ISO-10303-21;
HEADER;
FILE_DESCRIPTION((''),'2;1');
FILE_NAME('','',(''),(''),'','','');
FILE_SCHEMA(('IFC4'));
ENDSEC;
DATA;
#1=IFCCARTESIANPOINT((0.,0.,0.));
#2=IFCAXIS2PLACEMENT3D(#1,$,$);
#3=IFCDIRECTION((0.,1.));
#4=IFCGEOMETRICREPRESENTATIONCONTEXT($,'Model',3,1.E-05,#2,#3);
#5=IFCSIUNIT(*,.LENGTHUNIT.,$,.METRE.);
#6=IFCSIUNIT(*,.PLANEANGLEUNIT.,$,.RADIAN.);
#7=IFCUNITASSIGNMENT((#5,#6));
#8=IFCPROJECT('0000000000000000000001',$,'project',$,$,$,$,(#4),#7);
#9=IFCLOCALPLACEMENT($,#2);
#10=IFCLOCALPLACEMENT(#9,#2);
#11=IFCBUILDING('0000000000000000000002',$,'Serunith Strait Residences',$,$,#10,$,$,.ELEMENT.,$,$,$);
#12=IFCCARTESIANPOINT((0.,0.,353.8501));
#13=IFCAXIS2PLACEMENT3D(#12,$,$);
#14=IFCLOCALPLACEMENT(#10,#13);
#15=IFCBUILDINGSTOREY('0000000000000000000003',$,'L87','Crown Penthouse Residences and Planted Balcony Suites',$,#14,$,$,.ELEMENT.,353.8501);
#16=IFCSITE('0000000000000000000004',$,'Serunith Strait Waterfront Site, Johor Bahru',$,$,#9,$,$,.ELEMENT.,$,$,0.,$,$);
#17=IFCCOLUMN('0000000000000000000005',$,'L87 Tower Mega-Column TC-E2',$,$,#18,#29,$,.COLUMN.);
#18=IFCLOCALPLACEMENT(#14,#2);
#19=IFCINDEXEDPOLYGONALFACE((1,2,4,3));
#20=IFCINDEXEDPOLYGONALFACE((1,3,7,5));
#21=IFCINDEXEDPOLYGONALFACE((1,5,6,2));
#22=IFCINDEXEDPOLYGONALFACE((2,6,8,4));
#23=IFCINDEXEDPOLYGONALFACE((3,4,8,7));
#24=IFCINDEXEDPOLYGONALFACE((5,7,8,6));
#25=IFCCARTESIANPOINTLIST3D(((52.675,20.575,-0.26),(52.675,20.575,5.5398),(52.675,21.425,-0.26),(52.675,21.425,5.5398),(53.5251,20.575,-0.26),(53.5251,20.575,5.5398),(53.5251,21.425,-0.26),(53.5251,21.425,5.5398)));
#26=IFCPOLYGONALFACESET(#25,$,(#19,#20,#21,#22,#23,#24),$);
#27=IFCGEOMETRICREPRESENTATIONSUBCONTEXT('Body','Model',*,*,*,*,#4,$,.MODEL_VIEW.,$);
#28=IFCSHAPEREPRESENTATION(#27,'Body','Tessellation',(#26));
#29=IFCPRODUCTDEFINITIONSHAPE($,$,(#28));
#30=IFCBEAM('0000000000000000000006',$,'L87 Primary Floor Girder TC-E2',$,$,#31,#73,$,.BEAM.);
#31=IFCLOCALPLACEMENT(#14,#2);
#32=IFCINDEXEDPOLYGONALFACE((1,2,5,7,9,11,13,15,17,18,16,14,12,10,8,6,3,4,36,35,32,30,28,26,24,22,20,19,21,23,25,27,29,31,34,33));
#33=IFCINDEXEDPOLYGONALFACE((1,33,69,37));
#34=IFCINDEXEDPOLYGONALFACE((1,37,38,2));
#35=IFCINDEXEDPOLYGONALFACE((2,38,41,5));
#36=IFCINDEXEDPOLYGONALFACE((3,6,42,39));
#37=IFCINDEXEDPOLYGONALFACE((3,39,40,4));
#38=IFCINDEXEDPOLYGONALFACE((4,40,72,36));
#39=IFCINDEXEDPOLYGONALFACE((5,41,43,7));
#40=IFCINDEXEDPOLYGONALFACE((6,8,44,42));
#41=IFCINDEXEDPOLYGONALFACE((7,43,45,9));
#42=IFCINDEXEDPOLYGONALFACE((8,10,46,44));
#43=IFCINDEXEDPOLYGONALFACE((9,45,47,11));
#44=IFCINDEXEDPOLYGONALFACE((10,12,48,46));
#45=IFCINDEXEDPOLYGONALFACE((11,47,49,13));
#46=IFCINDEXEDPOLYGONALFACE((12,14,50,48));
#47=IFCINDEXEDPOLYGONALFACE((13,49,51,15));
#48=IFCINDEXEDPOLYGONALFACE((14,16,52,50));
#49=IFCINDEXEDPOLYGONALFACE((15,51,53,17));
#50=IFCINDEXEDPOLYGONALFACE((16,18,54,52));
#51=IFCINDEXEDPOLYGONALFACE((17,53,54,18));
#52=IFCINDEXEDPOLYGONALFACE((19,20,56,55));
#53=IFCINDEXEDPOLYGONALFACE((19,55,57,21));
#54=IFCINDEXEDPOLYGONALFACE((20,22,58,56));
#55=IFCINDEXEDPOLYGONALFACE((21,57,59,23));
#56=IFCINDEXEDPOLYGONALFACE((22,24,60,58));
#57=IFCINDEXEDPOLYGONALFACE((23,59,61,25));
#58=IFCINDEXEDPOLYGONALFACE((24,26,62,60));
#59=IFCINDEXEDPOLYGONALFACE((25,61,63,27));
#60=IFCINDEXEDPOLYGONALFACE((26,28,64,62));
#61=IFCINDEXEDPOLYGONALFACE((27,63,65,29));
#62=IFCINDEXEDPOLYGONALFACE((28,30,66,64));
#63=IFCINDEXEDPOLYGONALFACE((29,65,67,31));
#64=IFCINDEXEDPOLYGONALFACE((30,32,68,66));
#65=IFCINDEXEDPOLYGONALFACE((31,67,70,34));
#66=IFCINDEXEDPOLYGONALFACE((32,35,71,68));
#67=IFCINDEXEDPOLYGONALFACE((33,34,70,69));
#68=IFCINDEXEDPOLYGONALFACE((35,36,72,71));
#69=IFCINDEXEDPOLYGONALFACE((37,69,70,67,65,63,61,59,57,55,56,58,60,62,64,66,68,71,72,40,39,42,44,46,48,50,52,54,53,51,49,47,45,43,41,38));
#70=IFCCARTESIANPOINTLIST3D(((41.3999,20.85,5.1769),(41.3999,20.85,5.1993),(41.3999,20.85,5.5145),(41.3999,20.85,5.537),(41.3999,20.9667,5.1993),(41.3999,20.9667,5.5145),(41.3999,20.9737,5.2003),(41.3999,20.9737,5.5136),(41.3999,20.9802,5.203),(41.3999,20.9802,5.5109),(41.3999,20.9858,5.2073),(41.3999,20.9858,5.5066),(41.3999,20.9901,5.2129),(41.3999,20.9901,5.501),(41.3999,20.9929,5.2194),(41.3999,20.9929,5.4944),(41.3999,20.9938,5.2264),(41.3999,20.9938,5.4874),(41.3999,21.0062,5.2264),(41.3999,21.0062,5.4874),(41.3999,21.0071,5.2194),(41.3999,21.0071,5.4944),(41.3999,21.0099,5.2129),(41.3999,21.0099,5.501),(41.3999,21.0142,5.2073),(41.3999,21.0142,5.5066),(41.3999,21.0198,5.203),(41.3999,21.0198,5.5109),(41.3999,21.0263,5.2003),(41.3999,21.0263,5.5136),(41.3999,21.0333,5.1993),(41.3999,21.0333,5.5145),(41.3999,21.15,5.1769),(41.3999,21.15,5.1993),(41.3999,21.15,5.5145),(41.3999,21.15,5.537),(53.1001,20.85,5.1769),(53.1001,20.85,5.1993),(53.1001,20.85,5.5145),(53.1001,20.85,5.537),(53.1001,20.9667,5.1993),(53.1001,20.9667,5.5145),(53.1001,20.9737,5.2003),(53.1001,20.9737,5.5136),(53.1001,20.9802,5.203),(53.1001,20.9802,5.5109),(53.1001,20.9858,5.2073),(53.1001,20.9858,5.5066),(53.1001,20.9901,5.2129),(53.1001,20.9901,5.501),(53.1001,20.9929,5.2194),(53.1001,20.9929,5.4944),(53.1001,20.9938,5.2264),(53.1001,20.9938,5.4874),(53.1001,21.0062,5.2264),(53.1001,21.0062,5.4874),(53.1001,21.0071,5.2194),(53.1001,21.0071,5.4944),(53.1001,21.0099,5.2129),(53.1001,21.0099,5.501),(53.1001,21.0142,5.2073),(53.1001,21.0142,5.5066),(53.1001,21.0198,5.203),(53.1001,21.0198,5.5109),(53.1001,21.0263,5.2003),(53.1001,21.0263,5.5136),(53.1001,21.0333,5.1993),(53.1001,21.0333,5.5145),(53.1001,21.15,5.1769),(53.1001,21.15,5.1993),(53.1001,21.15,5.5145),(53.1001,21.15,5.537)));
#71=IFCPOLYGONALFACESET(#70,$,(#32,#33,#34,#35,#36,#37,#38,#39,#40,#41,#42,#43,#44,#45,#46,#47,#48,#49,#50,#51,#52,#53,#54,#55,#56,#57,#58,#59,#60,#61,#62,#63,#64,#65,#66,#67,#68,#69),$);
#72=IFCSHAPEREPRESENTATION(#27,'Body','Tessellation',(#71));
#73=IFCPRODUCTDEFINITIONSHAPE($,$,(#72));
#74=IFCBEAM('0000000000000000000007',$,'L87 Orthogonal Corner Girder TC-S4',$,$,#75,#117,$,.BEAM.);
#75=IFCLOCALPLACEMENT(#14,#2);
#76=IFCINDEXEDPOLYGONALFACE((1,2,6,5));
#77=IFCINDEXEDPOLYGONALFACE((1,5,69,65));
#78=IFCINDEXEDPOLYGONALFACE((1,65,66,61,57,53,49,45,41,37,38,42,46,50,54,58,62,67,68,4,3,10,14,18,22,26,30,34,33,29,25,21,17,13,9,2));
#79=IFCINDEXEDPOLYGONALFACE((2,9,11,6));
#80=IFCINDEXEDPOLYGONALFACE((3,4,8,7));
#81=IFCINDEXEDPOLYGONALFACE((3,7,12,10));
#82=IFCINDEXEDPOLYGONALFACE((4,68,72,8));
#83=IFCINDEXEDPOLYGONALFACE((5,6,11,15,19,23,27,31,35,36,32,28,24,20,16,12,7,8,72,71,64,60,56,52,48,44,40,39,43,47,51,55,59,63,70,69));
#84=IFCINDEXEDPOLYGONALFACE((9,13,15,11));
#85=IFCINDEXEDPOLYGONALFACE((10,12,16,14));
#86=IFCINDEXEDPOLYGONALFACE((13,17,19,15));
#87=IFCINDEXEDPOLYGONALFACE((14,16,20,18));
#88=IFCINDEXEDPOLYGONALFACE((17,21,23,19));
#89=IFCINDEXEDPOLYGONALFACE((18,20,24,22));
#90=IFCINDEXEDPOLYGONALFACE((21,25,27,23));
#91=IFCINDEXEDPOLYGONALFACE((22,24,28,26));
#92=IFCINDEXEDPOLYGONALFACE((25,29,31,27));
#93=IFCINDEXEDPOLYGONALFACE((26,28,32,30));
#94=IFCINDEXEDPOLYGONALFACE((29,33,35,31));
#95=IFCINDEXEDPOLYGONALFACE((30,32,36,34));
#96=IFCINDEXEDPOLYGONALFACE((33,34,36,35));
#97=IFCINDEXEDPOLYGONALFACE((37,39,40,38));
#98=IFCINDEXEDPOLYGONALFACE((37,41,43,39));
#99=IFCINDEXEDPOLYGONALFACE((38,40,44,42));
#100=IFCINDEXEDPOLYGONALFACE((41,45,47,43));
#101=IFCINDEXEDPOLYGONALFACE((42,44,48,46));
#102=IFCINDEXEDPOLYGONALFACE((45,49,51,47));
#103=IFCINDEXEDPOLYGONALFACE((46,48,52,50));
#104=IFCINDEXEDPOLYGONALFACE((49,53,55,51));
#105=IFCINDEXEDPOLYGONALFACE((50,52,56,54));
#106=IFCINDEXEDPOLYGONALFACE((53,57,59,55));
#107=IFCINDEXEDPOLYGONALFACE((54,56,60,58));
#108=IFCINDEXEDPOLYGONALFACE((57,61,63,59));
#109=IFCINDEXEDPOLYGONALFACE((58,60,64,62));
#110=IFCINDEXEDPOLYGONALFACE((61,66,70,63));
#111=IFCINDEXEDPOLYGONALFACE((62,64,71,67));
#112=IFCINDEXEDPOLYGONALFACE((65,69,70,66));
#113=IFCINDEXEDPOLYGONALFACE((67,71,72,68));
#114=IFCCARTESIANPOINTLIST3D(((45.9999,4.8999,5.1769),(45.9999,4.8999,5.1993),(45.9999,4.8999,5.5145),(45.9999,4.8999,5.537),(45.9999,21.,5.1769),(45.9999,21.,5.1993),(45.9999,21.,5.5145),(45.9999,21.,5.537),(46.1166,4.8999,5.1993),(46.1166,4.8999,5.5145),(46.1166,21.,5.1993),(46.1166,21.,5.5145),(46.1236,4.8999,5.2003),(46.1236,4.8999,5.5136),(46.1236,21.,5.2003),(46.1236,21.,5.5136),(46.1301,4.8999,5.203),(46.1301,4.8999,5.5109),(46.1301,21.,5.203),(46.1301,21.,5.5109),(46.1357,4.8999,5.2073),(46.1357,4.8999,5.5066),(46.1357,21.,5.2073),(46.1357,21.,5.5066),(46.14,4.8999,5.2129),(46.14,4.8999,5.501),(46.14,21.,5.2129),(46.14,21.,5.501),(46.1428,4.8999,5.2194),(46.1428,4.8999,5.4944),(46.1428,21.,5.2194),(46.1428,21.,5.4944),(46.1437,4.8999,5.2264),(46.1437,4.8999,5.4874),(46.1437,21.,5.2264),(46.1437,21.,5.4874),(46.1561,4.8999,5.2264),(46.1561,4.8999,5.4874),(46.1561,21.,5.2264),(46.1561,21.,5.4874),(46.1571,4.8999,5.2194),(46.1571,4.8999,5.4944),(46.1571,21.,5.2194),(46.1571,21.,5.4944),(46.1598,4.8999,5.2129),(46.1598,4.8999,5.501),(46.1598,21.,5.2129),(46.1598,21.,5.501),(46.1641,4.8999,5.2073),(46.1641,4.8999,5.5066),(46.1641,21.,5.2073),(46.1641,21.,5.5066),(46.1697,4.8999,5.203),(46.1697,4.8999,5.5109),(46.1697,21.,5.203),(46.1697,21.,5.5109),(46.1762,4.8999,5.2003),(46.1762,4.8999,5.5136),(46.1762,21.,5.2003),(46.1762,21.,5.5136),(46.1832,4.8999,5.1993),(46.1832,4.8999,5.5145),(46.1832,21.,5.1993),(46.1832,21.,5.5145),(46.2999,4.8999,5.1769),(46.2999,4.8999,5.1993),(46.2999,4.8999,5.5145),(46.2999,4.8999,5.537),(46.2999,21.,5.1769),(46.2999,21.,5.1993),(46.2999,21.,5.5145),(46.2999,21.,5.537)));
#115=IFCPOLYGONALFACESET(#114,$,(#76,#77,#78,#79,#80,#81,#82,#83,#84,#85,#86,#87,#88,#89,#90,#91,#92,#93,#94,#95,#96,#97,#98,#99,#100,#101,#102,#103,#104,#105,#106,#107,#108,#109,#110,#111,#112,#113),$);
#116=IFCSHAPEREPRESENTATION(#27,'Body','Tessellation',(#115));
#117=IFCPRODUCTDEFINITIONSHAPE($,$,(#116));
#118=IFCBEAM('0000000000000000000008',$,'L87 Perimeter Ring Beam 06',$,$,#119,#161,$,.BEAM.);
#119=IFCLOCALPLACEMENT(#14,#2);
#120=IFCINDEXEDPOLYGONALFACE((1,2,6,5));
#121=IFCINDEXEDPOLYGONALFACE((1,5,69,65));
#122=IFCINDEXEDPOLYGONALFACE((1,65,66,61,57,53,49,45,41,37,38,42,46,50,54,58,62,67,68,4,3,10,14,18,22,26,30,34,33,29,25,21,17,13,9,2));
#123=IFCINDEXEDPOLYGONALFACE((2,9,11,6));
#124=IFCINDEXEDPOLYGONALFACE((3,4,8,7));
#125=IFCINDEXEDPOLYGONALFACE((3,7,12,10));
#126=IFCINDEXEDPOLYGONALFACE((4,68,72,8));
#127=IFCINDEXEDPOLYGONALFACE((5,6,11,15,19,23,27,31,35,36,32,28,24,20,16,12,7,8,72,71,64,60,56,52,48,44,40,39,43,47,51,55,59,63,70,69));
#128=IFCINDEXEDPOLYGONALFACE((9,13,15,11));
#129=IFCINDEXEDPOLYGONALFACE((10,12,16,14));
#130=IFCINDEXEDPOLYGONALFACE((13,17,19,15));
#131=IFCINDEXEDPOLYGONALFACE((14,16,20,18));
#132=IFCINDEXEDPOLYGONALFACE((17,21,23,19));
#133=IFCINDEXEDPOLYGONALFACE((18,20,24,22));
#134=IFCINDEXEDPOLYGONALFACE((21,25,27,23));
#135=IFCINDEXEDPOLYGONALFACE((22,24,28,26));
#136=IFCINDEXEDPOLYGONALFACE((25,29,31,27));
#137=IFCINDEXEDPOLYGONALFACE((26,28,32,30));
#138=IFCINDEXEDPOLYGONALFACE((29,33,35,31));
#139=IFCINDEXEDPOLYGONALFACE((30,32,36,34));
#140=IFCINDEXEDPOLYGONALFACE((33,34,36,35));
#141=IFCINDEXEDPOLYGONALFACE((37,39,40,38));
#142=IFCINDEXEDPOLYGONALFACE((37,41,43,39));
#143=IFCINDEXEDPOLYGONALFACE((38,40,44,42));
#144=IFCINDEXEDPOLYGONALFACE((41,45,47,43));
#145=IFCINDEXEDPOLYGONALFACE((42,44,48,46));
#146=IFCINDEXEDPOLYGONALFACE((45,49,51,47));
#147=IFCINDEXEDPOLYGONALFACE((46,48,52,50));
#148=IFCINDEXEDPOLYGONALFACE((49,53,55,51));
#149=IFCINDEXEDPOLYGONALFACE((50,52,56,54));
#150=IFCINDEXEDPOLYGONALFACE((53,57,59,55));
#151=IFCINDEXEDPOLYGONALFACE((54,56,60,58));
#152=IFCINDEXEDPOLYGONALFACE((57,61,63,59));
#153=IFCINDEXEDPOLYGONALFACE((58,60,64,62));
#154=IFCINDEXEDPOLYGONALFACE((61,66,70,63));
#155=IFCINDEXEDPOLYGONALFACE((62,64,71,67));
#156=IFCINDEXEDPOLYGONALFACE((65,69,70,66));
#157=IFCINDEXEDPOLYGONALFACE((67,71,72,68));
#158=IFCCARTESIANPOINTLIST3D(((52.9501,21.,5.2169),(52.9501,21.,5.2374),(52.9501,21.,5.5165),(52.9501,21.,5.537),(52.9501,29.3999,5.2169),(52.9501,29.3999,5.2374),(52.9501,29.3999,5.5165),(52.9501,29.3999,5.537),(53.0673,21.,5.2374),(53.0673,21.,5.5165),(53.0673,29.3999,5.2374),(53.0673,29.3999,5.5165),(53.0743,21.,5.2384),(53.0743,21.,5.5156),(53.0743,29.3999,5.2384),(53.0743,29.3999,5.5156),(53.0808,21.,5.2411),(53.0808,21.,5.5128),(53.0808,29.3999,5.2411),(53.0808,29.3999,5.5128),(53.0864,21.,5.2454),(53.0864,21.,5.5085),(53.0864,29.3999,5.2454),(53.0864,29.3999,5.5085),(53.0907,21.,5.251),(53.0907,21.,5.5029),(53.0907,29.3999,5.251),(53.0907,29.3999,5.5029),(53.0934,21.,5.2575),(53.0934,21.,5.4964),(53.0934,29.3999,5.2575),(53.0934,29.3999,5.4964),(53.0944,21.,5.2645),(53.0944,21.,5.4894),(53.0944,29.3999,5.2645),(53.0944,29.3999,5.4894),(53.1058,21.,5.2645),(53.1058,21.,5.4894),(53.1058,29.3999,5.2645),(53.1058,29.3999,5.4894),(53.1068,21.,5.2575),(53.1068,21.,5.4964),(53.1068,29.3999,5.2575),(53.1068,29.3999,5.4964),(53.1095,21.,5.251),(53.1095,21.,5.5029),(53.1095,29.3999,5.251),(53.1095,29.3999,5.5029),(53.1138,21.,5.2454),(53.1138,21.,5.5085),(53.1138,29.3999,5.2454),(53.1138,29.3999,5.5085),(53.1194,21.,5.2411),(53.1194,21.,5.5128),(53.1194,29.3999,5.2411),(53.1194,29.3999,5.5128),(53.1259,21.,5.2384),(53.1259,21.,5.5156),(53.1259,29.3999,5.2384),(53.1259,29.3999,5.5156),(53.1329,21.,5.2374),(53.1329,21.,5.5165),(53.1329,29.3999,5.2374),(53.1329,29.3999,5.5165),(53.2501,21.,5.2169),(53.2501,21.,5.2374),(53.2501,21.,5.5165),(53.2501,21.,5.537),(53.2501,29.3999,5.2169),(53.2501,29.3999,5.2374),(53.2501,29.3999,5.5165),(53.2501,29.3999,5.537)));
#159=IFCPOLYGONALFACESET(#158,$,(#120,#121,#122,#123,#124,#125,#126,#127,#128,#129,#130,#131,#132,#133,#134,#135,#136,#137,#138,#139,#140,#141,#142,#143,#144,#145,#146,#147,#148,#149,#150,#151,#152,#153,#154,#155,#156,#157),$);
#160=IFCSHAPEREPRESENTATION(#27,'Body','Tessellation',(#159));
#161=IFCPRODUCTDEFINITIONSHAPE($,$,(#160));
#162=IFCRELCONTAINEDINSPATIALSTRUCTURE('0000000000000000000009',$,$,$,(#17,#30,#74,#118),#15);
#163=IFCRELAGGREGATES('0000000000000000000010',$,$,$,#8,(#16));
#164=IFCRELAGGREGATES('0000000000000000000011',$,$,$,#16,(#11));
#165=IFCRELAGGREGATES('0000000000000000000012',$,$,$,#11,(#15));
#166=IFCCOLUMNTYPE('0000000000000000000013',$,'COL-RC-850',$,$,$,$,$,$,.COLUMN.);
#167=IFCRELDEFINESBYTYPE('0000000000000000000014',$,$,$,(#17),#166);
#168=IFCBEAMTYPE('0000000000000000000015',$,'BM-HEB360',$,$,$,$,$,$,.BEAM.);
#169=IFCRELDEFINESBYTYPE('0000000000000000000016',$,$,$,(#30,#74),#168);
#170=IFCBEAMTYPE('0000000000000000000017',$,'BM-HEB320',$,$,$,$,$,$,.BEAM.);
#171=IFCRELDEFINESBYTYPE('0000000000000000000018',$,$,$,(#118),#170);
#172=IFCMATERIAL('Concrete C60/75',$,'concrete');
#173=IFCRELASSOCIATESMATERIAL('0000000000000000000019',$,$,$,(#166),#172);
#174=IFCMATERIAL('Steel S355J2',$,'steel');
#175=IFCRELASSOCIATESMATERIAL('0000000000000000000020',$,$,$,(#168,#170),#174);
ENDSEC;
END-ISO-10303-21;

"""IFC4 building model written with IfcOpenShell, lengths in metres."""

from ifc_helpers import new_model, si_unit, direction, frame, origin, origin_2d, place, context, subcontext, project, spatial, rectangle, i_section, extrude, source, transform, mapped, material, material_profile, profile_set, type_object, element, save


model = new_model("IFC4")

# Units and contexts
model_context = context("Model", 3, precision=1e-05, world=origin(), true_north=direction((0.0, 1.0)))
body_context = subcontext(model_context, "Body", "Model", "MODEL_VIEW")
ifc_project = project(units=[si_unit("LENGTHUNIT", "METRE"), si_unit("PLANEANGLEUNIT", "RADIAN")], contexts=[model_context])

# Site, building, storey
site_placement = place(None, origin())
site = spatial("IfcSite", under=ifc_project, at=site_placement, Name="Serunith Strait Waterfront Site, Johor Bahru", CompositionType="ELEMENT", RefElevation=0.0)
building_placement = place(site_placement, origin())
building = spatial("IfcBuilding", under=site, at=building_placement, Name="Serunith Strait Residences", CompositionType="ELEMENT")
storey_placement = place(building_placement, frame((0.0, 0.0, 353.8501)))
storey = spatial("IfcBuildingStorey", under=building, at=storey_placement, Name="L87", Description="Crown Penthouse Residences and Planted Balcony Suites", CompositionType="ELEMENT", Elevation=353.8501)

# Column
ifc_material_1 = material(Name="Concrete C60/75", Category="concrete")
ifc_material_profile_1 = material_profile(ifc_material_1, rectangle(XDim=0.8501, YDim=0.8501, at=origin_2d()), Name="RC 850x850")
ifc_profile_set_1 = profile_set([ifc_material_profile_1], Name="Concrete C60/75")
column_type = type_object("IfcColumnType", Name="COL-RC-850", PredefinedType="COLUMN", material=ifc_profile_set_1)
shared_shape_1 = source(origin(), body_context, "Body", "SweptSolid", [
    extrude(rectangle(XDim=0.8501, YDim=0.8501, at=origin_2d()), origin(), (0.0, 0.0, 1.0), 5.7998),
])
column_placement = place(storey_placement, frame((53.1001, 21.0, -0.26), z_axis=(0.0, 0.0, 1.0), x_axis=(1.0, 0.0, 0.0)))
element("IfcColumn", 1, at=column_placement, inside=storey, type_object=column_type, Name="L87 Tower Mega-Column TC-E2", PredefinedType="COLUMN", context=body_context, shape_type="MappedRepresentation", body=[
    mapped(shared_shape_1, transform((0.0, 0.0, 0.0), scale=1.0)),
])

# Beams
ifc_material_2 = material(Name="Steel S355J2", Category="steel")
ifc_material_profile_2 = material_profile(ifc_material_2, i_section(OverallWidth=0.3, OverallDepth=0.3601, WebThickness=0.0125, FlangeThickness=0.0225, FilletRadius=0.0271, at=origin_2d()), Name="HEB 360")
ifc_profile_set_2 = profile_set([ifc_material_profile_2], Name="Steel S355J2")
beam_type_1 = type_object("IfcBeamType", Name="BM-HEB360", PredefinedType="BEAM", material=ifc_profile_set_2)
shared_shape_2 = source(origin(), body_context, "Body", "SweptSolid", [
    extrude(i_section(OverallWidth=0.3, OverallDepth=0.3601, WebThickness=0.0125, FlangeThickness=0.0225, FilletRadius=0.0271, at=origin_2d()), origin(), (0.0, 0.0, 1.0), 11.7002),
])
beam_1_placement = place(storey_placement, frame((41.3999, 21.0, 5.3569), z_axis=(1.0, 0.0, 0.0), x_axis=(0.0, 1.0, 0.0)))
element("IfcBeam", 2, at=beam_1_placement, inside=storey, type_object=beam_type_1, Name="L87 Primary Floor Girder TC-E2", PredefinedType="BEAM", context=body_context, shape_type="MappedRepresentation", body=[
    mapped(shared_shape_2, transform((0.0, 0.0, 0.0), scale=1.0)),
])
shared_shape_3 = source(origin(), body_context, "Body", "SweptSolid", [
    extrude(i_section(OverallWidth=0.3, OverallDepth=0.3601, WebThickness=0.0125, FlangeThickness=0.0225, FilletRadius=0.0271, at=origin_2d()), origin(), (0.0, 0.0, 1.0), 16.1001),
])
beam_2_placement = place(storey_placement, frame((46.1499, 21.0, 5.3569), z_axis=(0.0, -1.0, 0.0), x_axis=(1.0, 0.0, 0.0)))
element("IfcBeam", 3, at=beam_2_placement, inside=storey, type_object=beam_type_1, Name="L87 Orthogonal Corner Girder TC-S4", PredefinedType="BEAM", context=body_context, shape_type="MappedRepresentation", body=[
    mapped(shared_shape_3, transform((0.0, 0.0, 0.0), scale=1.0)),
])
ifc_material_profile_3 = material_profile(ifc_material_2, i_section(OverallWidth=0.3, OverallDepth=0.3201, WebThickness=0.0115, FlangeThickness=0.0205, FilletRadius=0.0271, at=origin_2d()), Name="HEB 320")
ifc_profile_set_3 = profile_set([ifc_material_profile_3], Name="Steel S355J2")
beam_type_2 = type_object("IfcBeamType", Name="BM-HEB320", PredefinedType="BEAM", material=ifc_profile_set_3)
shared_shape_4 = source(origin(), body_context, "Body", "SweptSolid", [
    extrude(i_section(OverallWidth=0.3, OverallDepth=0.3201, WebThickness=0.0115, FlangeThickness=0.0205, FilletRadius=0.0271, at=origin_2d()), origin(), (0.0, 0.0, 1.0), 8.3999),
])
beam_3_placement = place(storey_placement, frame((53.1001, 21.0, 5.377), z_axis=(0.0, 1.0, 0.0), x_axis=(-1.0, 0.0, 0.0)))
element("IfcBeam", 4, at=beam_3_placement, inside=storey, type_object=beam_type_2, Name="L87 Perimeter Ring Beam 06", PredefinedType="BEAM", context=body_context, shape_type="MappedRepresentation", body=[
    mapped(shared_shape_4, transform((0.0, 0.0, 0.0), scale=1.0)),
])

save(model, "model.ifc")
